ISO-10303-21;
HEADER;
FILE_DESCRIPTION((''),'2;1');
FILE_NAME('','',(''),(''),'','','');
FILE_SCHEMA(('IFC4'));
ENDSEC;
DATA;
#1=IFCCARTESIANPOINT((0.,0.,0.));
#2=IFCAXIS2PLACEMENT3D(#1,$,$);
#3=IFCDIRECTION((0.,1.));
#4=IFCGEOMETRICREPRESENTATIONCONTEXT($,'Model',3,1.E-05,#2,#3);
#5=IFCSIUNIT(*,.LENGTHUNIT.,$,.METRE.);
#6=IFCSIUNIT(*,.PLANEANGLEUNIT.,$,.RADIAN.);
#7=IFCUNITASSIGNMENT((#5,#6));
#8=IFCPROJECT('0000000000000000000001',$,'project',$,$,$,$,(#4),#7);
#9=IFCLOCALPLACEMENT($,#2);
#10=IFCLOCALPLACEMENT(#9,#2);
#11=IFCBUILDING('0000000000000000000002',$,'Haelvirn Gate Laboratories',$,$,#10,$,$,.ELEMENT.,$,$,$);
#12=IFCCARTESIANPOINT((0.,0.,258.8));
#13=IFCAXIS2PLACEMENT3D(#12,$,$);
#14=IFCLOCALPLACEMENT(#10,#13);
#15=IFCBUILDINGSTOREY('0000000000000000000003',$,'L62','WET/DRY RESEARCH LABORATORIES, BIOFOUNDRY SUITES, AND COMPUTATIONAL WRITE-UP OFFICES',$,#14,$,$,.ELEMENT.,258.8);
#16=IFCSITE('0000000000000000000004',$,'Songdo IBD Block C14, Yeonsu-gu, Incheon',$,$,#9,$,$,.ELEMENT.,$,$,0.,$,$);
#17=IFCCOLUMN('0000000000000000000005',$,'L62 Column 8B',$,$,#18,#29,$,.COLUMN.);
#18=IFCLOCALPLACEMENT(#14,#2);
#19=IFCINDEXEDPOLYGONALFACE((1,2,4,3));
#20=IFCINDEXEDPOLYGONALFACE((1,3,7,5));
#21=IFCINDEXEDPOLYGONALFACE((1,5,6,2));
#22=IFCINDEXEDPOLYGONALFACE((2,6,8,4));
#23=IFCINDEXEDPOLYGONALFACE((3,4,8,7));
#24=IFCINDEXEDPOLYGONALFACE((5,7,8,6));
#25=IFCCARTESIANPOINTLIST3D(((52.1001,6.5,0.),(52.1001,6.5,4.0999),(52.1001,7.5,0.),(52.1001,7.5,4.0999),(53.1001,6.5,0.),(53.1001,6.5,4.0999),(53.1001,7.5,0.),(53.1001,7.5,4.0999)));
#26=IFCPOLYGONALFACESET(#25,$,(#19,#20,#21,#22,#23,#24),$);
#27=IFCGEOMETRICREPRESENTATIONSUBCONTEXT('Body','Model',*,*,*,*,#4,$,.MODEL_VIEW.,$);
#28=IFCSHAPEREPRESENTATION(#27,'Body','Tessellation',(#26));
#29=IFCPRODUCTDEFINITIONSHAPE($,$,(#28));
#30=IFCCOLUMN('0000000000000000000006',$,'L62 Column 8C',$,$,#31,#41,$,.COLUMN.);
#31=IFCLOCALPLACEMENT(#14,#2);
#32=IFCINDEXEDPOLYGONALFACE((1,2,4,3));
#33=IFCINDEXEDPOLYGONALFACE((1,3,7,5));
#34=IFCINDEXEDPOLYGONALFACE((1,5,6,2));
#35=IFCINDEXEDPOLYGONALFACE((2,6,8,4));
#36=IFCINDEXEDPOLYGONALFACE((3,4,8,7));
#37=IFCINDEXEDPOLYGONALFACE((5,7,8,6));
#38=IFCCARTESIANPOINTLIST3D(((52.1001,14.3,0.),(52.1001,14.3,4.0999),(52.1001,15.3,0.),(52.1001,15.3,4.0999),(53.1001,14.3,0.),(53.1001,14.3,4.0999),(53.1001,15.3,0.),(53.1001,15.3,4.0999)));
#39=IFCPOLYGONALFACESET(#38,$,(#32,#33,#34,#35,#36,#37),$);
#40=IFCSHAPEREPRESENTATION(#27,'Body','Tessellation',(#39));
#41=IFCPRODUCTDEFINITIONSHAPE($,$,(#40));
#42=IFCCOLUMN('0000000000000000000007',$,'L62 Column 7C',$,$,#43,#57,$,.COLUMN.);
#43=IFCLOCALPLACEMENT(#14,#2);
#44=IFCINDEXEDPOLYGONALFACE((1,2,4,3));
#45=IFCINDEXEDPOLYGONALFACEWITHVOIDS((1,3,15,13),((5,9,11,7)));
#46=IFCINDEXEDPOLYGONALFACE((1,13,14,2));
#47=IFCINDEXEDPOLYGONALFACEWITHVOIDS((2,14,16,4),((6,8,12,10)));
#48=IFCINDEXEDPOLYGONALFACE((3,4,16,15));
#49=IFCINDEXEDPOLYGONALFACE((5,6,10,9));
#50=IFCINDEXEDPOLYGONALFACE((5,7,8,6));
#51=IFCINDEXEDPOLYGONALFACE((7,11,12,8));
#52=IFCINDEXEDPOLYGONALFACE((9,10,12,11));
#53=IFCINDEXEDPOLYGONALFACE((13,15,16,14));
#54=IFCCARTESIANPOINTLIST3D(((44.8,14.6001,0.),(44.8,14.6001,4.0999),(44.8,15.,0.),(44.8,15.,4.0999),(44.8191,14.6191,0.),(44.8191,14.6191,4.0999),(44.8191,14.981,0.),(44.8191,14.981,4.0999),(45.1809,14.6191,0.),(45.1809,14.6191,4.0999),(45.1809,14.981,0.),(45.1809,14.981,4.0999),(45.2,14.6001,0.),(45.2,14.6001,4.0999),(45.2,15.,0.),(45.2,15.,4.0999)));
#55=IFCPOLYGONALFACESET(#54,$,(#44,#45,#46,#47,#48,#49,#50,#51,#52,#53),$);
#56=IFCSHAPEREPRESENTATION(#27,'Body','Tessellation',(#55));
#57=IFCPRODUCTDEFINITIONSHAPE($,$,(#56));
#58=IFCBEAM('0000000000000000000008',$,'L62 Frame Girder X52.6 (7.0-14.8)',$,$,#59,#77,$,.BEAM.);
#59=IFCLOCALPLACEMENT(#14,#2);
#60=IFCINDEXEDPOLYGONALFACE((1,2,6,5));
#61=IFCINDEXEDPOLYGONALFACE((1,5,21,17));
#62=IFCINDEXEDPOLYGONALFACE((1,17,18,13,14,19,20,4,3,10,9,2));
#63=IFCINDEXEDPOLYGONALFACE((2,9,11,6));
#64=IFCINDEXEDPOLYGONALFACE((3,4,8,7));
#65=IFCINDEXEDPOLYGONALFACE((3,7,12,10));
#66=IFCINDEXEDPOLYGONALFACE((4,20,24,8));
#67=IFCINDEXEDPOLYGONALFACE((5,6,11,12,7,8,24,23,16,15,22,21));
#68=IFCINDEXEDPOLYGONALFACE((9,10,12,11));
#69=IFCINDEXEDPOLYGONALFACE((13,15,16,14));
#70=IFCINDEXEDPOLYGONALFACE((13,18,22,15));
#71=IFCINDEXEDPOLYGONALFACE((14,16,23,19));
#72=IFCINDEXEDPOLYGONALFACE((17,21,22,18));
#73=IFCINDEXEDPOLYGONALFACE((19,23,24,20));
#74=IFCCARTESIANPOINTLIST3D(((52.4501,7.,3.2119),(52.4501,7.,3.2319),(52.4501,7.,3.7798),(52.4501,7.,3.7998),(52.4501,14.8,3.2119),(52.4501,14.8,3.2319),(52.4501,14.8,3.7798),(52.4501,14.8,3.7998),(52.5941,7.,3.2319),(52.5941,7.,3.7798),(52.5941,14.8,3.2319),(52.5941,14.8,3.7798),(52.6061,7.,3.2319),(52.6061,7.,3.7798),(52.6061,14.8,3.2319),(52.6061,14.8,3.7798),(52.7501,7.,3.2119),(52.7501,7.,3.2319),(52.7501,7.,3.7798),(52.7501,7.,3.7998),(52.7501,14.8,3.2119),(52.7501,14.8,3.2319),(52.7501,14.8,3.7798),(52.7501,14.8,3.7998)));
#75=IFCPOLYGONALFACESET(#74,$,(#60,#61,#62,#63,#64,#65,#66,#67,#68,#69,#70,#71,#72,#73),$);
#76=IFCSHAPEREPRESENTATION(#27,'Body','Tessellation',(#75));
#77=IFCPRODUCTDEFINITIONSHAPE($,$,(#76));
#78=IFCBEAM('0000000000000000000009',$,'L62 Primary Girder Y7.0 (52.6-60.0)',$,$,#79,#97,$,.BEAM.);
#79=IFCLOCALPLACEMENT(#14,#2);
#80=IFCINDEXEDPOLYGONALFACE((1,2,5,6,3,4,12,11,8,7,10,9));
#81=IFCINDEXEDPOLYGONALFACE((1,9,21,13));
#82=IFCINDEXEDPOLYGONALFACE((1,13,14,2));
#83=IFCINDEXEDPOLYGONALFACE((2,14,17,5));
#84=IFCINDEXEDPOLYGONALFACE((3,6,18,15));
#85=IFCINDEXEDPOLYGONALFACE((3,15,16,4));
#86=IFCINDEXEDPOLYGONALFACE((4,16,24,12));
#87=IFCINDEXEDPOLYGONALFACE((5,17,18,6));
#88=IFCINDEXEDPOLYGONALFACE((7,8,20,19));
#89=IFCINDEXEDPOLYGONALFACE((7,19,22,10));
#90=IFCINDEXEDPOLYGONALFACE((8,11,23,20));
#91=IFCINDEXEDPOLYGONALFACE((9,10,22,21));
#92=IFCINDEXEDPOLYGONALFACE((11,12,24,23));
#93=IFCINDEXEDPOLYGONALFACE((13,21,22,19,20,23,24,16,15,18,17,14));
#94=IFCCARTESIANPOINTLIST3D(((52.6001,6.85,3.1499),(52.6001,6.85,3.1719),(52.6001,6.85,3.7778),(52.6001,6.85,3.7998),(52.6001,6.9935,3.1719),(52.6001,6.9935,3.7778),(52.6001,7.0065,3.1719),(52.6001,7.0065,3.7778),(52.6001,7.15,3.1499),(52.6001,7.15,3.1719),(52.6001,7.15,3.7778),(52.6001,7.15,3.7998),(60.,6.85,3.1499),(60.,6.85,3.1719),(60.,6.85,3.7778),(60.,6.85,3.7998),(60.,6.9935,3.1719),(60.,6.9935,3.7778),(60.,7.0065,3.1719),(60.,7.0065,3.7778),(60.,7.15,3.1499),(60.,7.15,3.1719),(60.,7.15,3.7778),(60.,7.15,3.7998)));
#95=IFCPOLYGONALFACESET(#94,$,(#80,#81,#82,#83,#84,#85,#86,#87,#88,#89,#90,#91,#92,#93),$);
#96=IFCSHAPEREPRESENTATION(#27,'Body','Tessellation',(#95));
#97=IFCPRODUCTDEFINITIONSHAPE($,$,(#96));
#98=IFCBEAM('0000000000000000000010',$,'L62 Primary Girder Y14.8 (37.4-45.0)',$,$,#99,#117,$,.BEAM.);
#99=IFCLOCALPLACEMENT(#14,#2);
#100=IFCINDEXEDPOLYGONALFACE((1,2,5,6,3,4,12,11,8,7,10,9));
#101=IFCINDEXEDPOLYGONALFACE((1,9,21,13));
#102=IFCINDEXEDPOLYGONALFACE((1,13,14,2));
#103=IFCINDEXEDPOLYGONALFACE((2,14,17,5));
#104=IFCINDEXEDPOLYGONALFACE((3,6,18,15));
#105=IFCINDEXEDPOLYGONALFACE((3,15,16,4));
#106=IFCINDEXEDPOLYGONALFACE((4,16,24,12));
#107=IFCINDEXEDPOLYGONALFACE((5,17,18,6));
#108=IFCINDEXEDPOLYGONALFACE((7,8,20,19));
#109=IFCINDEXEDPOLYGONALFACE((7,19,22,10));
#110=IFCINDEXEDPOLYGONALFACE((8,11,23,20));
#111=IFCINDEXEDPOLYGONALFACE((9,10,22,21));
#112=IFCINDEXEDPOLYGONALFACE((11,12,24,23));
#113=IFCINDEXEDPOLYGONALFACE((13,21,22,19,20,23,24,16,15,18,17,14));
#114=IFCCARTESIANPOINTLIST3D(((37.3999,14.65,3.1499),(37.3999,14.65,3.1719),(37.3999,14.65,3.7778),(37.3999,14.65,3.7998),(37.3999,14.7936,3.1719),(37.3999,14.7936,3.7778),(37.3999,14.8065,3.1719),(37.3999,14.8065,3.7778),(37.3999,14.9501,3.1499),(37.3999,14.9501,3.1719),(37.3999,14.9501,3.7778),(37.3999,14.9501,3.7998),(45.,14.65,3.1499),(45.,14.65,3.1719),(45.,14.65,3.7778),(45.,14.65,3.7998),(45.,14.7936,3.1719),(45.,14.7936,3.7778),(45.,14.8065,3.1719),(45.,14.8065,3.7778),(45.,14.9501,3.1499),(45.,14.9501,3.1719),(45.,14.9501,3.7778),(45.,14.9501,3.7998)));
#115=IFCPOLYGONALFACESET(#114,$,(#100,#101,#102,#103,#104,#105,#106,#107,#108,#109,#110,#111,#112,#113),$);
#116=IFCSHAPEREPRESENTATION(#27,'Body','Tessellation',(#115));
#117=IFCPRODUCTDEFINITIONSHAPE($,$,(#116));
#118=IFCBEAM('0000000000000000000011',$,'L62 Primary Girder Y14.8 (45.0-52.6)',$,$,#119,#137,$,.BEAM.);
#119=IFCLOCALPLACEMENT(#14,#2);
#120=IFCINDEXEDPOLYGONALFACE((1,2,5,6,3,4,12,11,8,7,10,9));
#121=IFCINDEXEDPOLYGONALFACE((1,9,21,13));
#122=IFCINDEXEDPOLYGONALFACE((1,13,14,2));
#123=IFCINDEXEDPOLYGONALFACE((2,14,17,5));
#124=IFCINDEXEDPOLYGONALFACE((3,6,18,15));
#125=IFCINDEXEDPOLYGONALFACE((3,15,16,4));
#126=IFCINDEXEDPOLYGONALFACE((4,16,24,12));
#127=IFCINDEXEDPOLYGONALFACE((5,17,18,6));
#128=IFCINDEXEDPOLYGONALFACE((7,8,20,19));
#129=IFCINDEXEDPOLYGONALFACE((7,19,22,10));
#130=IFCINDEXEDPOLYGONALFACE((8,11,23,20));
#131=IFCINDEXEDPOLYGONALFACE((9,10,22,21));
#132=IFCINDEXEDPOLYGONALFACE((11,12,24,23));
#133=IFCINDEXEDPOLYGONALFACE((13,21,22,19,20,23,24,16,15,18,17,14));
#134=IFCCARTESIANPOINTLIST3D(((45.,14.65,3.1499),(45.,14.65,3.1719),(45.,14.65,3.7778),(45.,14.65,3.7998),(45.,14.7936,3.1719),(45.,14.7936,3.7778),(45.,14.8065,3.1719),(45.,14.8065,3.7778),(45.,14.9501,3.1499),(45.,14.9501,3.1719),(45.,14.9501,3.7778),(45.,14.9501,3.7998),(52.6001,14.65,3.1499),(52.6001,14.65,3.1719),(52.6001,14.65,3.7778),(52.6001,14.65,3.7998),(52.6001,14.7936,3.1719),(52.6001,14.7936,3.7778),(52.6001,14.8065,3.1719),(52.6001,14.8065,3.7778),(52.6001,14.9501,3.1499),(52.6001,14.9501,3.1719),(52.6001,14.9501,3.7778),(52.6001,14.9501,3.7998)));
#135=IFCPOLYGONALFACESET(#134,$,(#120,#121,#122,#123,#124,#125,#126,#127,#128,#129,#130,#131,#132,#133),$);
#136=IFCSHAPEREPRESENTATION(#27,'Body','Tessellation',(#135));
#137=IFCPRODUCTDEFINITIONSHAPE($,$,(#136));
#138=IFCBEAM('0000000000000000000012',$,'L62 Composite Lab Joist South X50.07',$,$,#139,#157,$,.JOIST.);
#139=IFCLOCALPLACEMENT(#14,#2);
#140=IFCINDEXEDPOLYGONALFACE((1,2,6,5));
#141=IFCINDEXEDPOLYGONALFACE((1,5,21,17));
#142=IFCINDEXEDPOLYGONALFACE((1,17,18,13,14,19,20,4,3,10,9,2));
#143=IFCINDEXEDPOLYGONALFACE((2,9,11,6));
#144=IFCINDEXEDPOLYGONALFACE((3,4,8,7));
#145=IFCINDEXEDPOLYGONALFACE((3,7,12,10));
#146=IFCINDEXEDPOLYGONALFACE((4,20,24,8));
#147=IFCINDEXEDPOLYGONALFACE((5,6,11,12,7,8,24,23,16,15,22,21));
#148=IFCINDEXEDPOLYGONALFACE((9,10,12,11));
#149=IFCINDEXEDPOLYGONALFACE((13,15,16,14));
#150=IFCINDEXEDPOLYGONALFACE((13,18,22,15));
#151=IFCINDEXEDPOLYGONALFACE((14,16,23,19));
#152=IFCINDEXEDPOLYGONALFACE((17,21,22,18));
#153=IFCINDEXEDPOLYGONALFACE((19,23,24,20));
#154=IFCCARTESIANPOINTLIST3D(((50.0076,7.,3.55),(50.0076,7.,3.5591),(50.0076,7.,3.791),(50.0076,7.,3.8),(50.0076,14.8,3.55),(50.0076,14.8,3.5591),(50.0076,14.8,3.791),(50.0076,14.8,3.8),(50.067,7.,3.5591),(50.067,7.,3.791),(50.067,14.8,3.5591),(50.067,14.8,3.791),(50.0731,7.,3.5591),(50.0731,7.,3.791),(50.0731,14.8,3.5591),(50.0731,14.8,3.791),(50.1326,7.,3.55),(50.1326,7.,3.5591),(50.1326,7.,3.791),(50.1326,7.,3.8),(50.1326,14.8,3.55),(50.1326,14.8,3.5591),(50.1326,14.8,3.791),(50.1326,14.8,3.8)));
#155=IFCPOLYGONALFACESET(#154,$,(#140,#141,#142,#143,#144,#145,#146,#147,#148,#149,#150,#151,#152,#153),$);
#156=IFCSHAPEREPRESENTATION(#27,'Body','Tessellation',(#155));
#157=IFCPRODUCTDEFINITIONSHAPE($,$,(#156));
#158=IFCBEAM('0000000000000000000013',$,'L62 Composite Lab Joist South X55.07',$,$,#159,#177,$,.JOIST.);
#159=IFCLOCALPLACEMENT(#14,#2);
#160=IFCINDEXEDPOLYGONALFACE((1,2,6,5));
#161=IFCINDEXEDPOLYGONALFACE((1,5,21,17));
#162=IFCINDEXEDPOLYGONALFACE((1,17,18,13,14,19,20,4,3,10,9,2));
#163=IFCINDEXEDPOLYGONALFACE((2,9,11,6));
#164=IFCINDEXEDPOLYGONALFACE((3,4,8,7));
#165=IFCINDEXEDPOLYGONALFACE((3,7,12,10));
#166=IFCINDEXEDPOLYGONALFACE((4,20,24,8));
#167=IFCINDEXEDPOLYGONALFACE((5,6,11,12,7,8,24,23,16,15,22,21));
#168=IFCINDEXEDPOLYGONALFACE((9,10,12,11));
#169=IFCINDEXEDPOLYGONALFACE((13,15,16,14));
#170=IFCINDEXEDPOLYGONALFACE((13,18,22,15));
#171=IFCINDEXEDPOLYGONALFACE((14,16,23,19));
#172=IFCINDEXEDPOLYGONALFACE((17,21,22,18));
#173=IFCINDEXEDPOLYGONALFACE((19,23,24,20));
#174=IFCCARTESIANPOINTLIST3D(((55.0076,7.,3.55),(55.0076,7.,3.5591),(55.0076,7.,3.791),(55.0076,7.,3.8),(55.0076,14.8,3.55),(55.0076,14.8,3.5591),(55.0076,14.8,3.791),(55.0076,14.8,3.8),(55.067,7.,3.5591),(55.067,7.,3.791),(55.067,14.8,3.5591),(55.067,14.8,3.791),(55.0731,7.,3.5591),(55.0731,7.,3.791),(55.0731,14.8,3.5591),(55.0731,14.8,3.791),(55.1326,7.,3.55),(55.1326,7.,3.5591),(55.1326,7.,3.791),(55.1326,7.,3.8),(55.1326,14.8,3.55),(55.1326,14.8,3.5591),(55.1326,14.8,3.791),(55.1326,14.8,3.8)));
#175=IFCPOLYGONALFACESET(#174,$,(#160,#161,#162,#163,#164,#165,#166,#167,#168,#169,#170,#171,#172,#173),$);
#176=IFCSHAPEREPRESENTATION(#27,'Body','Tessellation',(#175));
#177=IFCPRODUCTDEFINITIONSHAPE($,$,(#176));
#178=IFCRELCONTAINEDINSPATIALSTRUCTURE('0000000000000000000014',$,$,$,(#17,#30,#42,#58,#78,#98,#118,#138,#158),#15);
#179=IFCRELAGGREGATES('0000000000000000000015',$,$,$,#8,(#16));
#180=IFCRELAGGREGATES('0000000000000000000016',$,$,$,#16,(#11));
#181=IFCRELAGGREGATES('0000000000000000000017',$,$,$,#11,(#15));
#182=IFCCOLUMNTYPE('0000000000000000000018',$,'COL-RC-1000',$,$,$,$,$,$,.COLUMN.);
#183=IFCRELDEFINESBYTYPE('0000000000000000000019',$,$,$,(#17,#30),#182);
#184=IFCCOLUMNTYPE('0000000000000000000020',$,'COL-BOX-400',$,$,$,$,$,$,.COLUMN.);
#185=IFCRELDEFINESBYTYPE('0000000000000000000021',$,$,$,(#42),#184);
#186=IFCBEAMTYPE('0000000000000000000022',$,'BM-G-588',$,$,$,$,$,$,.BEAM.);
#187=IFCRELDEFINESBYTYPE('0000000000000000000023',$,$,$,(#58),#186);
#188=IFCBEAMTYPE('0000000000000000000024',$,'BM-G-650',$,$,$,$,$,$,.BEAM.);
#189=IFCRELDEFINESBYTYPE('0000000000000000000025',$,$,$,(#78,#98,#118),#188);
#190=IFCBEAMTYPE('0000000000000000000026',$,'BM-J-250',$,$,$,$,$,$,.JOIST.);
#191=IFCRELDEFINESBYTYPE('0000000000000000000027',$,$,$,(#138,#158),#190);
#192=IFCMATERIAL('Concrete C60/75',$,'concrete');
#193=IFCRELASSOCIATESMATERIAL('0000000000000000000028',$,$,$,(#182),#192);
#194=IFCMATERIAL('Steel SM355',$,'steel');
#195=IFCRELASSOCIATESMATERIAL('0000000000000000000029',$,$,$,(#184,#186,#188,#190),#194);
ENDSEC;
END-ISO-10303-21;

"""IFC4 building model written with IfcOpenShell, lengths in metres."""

from ifc_helpers import new_model, si_unit, direction, frame, origin, origin_2d, place, context, subcontext, project, spatial, rectangle, hollow_rectangle, i_section, extrude, source, transform, mapped, material, material_profile, profile_set, type_object, type_shapes, element, save


model = new_model("IFC4")

# Units and contexts
model_context = context("Model", 3, precision=1e-05, world=origin(), true_north=direction((0.0, 1.0)))
body_context = subcontext(model_context, "Body", "Model", "MODEL_VIEW")
ifc_project = project(units=[si_unit("LENGTHUNIT", "METRE"), si_unit("PLANEANGLEUNIT", "RADIAN")], contexts=[model_context])

# Site, building, storey
site_placement = place(None, origin())
site = spatial("IfcSite", under=ifc_project, at=site_placement, Name="Songdo IBD Block C14, Yeonsu-gu, Incheon", CompositionType="ELEMENT", RefElevation=0.0)
building_placement = place(site_placement, origin())
building = spatial("IfcBuilding", under=site, at=building_placement, Name="Haelvirn Gate Laboratories", CompositionType="ELEMENT")
storey_placement = place(building_placement, frame((0.0, 0.0, 258.8)))
storey = spatial("IfcBuildingStorey", under=building, at=storey_placement, Name="L62", Description="WET/DRY RESEARCH LABORATORIES, BIOFOUNDRY SUITES, AND COMPUTATIONAL WRITE-UP OFFICES", CompositionType="ELEMENT", Elevation=258.8)

# Columns
ifc_material_1 = material(Name="Concrete C60/75", Category="concrete")
ifc_material_profile_1 = material_profile(ifc_material_1, rectangle(XDim=1.0, YDim=1.0, at=origin_2d()), Name="RC-1000x1000")
ifc_profile_set_1 = profile_set([ifc_material_profile_1], Name="Concrete C60/75")
column_type_1 = type_object("IfcColumnType", Name="COL-RC-1000", PredefinedType="COLUMN", material=ifc_profile_set_1)
shared_shape_1 = source(origin(), body_context, "Body", "SweptSolid", [
    extrude(rectangle(XDim=1.0, YDim=1.0, at=origin_2d()), origin(), (0.0, 0.0, 1.0), 4.0999),
])
type_shapes(column_type_1, [shared_shape_1])
for number, where, z_axis, x_axis, name in (
    (1, (52.6001, 7.0, 0.0), (0.0, 0.0, 1.0), (1.0, 0.0, 0.0), "L62 Column 8B"),
    (2, (52.6001, 14.8, 0.0), (0.0, 0.0, 1.0), (1.0, 0.0, 0.0), "L62 Column 8C"),
):
    element("IfcColumn", number, at=place(storey_placement, frame(where, z_axis=z_axis, x_axis=x_axis)), inside=storey, type_object=column_type_1, Name=name, PredefinedType="COLUMN", context=body_context, shape_type="MappedRepresentation", body=[
        mapped(shared_shape_1, transform((0.0, 0.0, 0.0), scale=1.0)),
    ])
ifc_material_2 = material(Name="Steel SM355", Category="steel")
ifc_material_profile_2 = material_profile(ifc_material_2, hollow_rectangle(XDim=0.3999, YDim=0.3999, WallThickness=0.019, at=origin_2d()), Name="BOX-400x400x19")
ifc_profile_set_2 = profile_set([ifc_material_profile_2], Name="Steel SM355")
column_type_2 = type_object("IfcColumnType", Name="COL-BOX-400", PredefinedType="COLUMN", material=ifc_profile_set_2)
shared_shape_2 = source(origin(), body_context, "Body", "SweptSolid", [
    extrude(hollow_rectangle(XDim=0.3999, YDim=0.3999, WallThickness=0.019, at=origin_2d()), origin(), (0.0, 0.0, 1.0), 4.0999),
])
type_shapes(column_type_2, [shared_shape_2])
column_placement = place(storey_placement, frame((45.0, 14.8, 0.0), z_axis=(0.0, 0.0, 1.0), x_axis=(1.0, 0.0, 0.0)))
element("IfcColumn", 3, at=column_placement, inside=storey, type_object=column_type_2, Name="L62 Column 7C", PredefinedType="COLUMN", context=body_context, shape_type="MappedRepresentation", body=[
    mapped(shared_shape_2, transform((0.0, 0.0, 0.0), scale=1.0)),
])

# Beams
ifc_material_profile_3 = material_profile(ifc_material_2, i_section(OverallWidth=0.3, OverallDepth=0.5879, WebThickness=0.012, FlangeThickness=0.02, at=origin_2d()), Name="H-588x300x12x20")
ifc_profile_set_3 = profile_set([ifc_material_profile_3], Name="Steel SM355")
beam_type_1 = type_object("IfcBeamType", Name="BM-G-588", PredefinedType="BEAM", material=ifc_profile_set_3)
shared_shape_3 = source(origin(), body_context, "Body", "SweptSolid", [
    extrude(i_section(OverallWidth=0.3, OverallDepth=0.5879, WebThickness=0.012, FlangeThickness=0.02, at=origin_2d()), origin(), (0.0, 0.0, 1.0), 7.8),
])
type_shapes(beam_type_1, [shared_shape_3])
beam_1_placement = place(storey_placement, frame((52.6001, 7.0, 3.5059), z_axis=(0.0, 1.0, 0.0), x_axis=(-1.0, 0.0, 0.0)))
element("IfcBeam", 4, at=beam_1_placement, inside=storey, type_object=beam_type_1, Name="L62 Frame Girder X52.6 (7.0-14.8)", PredefinedType="BEAM", context=body_context, shape_type="MappedRepresentation", body=[
    mapped(shared_shape_3, transform((0.0, 0.0, 0.0), scale=1.0)),
])
ifc_material_profile_4 = material_profile(ifc_material_2, i_section(OverallWidth=0.3, OverallDepth=0.6499, WebThickness=0.0129, FlangeThickness=0.022, at=origin_2d()), Name="H-650x300x13x22")
ifc_profile_set_4 = profile_set([ifc_material_profile_4], Name="Steel SM355")
beam_type_2 = type_object("IfcBeamType", Name="BM-G-650", PredefinedType="BEAM", material=ifc_profile_set_4)
shared_shape_4 = source(origin(), body_context, "Body", "SweptSolid", [
    extrude(i_section(OverallWidth=0.3, OverallDepth=0.6499, WebThickness=0.0129, FlangeThickness=0.022, at=origin_2d()), origin(), (0.0, 0.0, 1.0), 7.3999),
])
beam_2_placement = place(storey_placement, frame((52.6001, 7.0, 3.4749), z_axis=(1.0, 0.0, 0.0), x_axis=(0.0, 1.0, 0.0)))
element("IfcBeam", 5, at=beam_2_placement, inside=storey, type_object=beam_type_2, Name="L62 Primary Girder Y7.0 (52.6-60.0)", PredefinedType="BEAM", context=body_context, shape_type="MappedRepresentation", body=[
    mapped(shared_shape_4, transform((0.0, 0.0, 0.0), scale=1.0)),
])
shared_shape_5 = source(origin(), body_context, "Body", "SweptSolid", [
    extrude(i_section(OverallWidth=0.3, OverallDepth=0.6499, WebThickness=0.0129, FlangeThickness=0.022, at=origin_2d()), origin(), (0.0, 0.0, 1.0), 7.6001),
])
type_shapes(beam_type_2, [shared_shape_4, shared_shape_5])
for number, where, z_axis, x_axis, name in (
    (6, (37.3999, 14.8, 3.4749), (1.0, 0.0, 0.0), (0.0, 1.0, 0.0), "L62 Primary Girder Y14.8 (37.4-45.0)"),
    (7, (45.0, 14.8, 3.4749), (1.0, 0.0, 0.0), (0.0, 1.0, 0.0), "L62 Primary Girder Y14.8 (45.0-52.6)"),
):
    element("IfcBeam", number, at=place(storey_placement, frame(where, z_axis=z_axis, x_axis=x_axis)), inside=storey, type_object=beam_type_2, Name=name, PredefinedType="BEAM", context=body_context, shape_type="MappedRepresentation", body=[
        mapped(shared_shape_5, transform((0.0, 0.0, 0.0), scale=1.0)),
    ])
ifc_material_profile_5 = material_profile(ifc_material_2, i_section(OverallWidth=0.125, OverallDepth=0.25, WebThickness=0.0061, FlangeThickness=0.009, at=origin_2d()), Name="H-250x125x6x9")
ifc_profile_set_5 = profile_set([ifc_material_profile_5], Name="Steel SM355")
beam_type_3 = type_object("IfcBeamType", Name="BM-J-250", PredefinedType="JOIST", material=ifc_profile_set_5)
shared_shape_6 = source(origin(), body_context, "Body", "SweptSolid", [
    extrude(i_section(OverallWidth=0.125, OverallDepth=0.25, WebThickness=0.0061, FlangeThickness=0.009, at=origin_2d()), origin(), (0.0, 0.0, 1.0), 7.8),
])
type_shapes(beam_type_3, [shared_shape_6])
for number, where, z_axis, x_axis, name in (
    (8, (50.0701, 7.0, 3.675), (0.0, 1.0, 0.0), (-1.0, 0.0, 0.0), "L62 Composite Lab Joist South X50.07"),
    (9, (55.0701, 7.0, 3.675), (0.0, 1.0, 0.0), (-1.0, 0.0, 0.0), "L62 Composite Lab Joist South X55.07"),
):
    element("IfcBeam", number, at=place(storey_placement, frame(where, z_axis=z_axis, x_axis=x_axis)), inside=storey, type_object=beam_type_3, Name=name, PredefinedType="JOIST", context=body_context, shape_type="MappedRepresentation", body=[
        mapped(shared_shape_6, transform((0.0, 0.0, 0.0), scale=1.0)),
    ])

save(model, "model.ifc")
